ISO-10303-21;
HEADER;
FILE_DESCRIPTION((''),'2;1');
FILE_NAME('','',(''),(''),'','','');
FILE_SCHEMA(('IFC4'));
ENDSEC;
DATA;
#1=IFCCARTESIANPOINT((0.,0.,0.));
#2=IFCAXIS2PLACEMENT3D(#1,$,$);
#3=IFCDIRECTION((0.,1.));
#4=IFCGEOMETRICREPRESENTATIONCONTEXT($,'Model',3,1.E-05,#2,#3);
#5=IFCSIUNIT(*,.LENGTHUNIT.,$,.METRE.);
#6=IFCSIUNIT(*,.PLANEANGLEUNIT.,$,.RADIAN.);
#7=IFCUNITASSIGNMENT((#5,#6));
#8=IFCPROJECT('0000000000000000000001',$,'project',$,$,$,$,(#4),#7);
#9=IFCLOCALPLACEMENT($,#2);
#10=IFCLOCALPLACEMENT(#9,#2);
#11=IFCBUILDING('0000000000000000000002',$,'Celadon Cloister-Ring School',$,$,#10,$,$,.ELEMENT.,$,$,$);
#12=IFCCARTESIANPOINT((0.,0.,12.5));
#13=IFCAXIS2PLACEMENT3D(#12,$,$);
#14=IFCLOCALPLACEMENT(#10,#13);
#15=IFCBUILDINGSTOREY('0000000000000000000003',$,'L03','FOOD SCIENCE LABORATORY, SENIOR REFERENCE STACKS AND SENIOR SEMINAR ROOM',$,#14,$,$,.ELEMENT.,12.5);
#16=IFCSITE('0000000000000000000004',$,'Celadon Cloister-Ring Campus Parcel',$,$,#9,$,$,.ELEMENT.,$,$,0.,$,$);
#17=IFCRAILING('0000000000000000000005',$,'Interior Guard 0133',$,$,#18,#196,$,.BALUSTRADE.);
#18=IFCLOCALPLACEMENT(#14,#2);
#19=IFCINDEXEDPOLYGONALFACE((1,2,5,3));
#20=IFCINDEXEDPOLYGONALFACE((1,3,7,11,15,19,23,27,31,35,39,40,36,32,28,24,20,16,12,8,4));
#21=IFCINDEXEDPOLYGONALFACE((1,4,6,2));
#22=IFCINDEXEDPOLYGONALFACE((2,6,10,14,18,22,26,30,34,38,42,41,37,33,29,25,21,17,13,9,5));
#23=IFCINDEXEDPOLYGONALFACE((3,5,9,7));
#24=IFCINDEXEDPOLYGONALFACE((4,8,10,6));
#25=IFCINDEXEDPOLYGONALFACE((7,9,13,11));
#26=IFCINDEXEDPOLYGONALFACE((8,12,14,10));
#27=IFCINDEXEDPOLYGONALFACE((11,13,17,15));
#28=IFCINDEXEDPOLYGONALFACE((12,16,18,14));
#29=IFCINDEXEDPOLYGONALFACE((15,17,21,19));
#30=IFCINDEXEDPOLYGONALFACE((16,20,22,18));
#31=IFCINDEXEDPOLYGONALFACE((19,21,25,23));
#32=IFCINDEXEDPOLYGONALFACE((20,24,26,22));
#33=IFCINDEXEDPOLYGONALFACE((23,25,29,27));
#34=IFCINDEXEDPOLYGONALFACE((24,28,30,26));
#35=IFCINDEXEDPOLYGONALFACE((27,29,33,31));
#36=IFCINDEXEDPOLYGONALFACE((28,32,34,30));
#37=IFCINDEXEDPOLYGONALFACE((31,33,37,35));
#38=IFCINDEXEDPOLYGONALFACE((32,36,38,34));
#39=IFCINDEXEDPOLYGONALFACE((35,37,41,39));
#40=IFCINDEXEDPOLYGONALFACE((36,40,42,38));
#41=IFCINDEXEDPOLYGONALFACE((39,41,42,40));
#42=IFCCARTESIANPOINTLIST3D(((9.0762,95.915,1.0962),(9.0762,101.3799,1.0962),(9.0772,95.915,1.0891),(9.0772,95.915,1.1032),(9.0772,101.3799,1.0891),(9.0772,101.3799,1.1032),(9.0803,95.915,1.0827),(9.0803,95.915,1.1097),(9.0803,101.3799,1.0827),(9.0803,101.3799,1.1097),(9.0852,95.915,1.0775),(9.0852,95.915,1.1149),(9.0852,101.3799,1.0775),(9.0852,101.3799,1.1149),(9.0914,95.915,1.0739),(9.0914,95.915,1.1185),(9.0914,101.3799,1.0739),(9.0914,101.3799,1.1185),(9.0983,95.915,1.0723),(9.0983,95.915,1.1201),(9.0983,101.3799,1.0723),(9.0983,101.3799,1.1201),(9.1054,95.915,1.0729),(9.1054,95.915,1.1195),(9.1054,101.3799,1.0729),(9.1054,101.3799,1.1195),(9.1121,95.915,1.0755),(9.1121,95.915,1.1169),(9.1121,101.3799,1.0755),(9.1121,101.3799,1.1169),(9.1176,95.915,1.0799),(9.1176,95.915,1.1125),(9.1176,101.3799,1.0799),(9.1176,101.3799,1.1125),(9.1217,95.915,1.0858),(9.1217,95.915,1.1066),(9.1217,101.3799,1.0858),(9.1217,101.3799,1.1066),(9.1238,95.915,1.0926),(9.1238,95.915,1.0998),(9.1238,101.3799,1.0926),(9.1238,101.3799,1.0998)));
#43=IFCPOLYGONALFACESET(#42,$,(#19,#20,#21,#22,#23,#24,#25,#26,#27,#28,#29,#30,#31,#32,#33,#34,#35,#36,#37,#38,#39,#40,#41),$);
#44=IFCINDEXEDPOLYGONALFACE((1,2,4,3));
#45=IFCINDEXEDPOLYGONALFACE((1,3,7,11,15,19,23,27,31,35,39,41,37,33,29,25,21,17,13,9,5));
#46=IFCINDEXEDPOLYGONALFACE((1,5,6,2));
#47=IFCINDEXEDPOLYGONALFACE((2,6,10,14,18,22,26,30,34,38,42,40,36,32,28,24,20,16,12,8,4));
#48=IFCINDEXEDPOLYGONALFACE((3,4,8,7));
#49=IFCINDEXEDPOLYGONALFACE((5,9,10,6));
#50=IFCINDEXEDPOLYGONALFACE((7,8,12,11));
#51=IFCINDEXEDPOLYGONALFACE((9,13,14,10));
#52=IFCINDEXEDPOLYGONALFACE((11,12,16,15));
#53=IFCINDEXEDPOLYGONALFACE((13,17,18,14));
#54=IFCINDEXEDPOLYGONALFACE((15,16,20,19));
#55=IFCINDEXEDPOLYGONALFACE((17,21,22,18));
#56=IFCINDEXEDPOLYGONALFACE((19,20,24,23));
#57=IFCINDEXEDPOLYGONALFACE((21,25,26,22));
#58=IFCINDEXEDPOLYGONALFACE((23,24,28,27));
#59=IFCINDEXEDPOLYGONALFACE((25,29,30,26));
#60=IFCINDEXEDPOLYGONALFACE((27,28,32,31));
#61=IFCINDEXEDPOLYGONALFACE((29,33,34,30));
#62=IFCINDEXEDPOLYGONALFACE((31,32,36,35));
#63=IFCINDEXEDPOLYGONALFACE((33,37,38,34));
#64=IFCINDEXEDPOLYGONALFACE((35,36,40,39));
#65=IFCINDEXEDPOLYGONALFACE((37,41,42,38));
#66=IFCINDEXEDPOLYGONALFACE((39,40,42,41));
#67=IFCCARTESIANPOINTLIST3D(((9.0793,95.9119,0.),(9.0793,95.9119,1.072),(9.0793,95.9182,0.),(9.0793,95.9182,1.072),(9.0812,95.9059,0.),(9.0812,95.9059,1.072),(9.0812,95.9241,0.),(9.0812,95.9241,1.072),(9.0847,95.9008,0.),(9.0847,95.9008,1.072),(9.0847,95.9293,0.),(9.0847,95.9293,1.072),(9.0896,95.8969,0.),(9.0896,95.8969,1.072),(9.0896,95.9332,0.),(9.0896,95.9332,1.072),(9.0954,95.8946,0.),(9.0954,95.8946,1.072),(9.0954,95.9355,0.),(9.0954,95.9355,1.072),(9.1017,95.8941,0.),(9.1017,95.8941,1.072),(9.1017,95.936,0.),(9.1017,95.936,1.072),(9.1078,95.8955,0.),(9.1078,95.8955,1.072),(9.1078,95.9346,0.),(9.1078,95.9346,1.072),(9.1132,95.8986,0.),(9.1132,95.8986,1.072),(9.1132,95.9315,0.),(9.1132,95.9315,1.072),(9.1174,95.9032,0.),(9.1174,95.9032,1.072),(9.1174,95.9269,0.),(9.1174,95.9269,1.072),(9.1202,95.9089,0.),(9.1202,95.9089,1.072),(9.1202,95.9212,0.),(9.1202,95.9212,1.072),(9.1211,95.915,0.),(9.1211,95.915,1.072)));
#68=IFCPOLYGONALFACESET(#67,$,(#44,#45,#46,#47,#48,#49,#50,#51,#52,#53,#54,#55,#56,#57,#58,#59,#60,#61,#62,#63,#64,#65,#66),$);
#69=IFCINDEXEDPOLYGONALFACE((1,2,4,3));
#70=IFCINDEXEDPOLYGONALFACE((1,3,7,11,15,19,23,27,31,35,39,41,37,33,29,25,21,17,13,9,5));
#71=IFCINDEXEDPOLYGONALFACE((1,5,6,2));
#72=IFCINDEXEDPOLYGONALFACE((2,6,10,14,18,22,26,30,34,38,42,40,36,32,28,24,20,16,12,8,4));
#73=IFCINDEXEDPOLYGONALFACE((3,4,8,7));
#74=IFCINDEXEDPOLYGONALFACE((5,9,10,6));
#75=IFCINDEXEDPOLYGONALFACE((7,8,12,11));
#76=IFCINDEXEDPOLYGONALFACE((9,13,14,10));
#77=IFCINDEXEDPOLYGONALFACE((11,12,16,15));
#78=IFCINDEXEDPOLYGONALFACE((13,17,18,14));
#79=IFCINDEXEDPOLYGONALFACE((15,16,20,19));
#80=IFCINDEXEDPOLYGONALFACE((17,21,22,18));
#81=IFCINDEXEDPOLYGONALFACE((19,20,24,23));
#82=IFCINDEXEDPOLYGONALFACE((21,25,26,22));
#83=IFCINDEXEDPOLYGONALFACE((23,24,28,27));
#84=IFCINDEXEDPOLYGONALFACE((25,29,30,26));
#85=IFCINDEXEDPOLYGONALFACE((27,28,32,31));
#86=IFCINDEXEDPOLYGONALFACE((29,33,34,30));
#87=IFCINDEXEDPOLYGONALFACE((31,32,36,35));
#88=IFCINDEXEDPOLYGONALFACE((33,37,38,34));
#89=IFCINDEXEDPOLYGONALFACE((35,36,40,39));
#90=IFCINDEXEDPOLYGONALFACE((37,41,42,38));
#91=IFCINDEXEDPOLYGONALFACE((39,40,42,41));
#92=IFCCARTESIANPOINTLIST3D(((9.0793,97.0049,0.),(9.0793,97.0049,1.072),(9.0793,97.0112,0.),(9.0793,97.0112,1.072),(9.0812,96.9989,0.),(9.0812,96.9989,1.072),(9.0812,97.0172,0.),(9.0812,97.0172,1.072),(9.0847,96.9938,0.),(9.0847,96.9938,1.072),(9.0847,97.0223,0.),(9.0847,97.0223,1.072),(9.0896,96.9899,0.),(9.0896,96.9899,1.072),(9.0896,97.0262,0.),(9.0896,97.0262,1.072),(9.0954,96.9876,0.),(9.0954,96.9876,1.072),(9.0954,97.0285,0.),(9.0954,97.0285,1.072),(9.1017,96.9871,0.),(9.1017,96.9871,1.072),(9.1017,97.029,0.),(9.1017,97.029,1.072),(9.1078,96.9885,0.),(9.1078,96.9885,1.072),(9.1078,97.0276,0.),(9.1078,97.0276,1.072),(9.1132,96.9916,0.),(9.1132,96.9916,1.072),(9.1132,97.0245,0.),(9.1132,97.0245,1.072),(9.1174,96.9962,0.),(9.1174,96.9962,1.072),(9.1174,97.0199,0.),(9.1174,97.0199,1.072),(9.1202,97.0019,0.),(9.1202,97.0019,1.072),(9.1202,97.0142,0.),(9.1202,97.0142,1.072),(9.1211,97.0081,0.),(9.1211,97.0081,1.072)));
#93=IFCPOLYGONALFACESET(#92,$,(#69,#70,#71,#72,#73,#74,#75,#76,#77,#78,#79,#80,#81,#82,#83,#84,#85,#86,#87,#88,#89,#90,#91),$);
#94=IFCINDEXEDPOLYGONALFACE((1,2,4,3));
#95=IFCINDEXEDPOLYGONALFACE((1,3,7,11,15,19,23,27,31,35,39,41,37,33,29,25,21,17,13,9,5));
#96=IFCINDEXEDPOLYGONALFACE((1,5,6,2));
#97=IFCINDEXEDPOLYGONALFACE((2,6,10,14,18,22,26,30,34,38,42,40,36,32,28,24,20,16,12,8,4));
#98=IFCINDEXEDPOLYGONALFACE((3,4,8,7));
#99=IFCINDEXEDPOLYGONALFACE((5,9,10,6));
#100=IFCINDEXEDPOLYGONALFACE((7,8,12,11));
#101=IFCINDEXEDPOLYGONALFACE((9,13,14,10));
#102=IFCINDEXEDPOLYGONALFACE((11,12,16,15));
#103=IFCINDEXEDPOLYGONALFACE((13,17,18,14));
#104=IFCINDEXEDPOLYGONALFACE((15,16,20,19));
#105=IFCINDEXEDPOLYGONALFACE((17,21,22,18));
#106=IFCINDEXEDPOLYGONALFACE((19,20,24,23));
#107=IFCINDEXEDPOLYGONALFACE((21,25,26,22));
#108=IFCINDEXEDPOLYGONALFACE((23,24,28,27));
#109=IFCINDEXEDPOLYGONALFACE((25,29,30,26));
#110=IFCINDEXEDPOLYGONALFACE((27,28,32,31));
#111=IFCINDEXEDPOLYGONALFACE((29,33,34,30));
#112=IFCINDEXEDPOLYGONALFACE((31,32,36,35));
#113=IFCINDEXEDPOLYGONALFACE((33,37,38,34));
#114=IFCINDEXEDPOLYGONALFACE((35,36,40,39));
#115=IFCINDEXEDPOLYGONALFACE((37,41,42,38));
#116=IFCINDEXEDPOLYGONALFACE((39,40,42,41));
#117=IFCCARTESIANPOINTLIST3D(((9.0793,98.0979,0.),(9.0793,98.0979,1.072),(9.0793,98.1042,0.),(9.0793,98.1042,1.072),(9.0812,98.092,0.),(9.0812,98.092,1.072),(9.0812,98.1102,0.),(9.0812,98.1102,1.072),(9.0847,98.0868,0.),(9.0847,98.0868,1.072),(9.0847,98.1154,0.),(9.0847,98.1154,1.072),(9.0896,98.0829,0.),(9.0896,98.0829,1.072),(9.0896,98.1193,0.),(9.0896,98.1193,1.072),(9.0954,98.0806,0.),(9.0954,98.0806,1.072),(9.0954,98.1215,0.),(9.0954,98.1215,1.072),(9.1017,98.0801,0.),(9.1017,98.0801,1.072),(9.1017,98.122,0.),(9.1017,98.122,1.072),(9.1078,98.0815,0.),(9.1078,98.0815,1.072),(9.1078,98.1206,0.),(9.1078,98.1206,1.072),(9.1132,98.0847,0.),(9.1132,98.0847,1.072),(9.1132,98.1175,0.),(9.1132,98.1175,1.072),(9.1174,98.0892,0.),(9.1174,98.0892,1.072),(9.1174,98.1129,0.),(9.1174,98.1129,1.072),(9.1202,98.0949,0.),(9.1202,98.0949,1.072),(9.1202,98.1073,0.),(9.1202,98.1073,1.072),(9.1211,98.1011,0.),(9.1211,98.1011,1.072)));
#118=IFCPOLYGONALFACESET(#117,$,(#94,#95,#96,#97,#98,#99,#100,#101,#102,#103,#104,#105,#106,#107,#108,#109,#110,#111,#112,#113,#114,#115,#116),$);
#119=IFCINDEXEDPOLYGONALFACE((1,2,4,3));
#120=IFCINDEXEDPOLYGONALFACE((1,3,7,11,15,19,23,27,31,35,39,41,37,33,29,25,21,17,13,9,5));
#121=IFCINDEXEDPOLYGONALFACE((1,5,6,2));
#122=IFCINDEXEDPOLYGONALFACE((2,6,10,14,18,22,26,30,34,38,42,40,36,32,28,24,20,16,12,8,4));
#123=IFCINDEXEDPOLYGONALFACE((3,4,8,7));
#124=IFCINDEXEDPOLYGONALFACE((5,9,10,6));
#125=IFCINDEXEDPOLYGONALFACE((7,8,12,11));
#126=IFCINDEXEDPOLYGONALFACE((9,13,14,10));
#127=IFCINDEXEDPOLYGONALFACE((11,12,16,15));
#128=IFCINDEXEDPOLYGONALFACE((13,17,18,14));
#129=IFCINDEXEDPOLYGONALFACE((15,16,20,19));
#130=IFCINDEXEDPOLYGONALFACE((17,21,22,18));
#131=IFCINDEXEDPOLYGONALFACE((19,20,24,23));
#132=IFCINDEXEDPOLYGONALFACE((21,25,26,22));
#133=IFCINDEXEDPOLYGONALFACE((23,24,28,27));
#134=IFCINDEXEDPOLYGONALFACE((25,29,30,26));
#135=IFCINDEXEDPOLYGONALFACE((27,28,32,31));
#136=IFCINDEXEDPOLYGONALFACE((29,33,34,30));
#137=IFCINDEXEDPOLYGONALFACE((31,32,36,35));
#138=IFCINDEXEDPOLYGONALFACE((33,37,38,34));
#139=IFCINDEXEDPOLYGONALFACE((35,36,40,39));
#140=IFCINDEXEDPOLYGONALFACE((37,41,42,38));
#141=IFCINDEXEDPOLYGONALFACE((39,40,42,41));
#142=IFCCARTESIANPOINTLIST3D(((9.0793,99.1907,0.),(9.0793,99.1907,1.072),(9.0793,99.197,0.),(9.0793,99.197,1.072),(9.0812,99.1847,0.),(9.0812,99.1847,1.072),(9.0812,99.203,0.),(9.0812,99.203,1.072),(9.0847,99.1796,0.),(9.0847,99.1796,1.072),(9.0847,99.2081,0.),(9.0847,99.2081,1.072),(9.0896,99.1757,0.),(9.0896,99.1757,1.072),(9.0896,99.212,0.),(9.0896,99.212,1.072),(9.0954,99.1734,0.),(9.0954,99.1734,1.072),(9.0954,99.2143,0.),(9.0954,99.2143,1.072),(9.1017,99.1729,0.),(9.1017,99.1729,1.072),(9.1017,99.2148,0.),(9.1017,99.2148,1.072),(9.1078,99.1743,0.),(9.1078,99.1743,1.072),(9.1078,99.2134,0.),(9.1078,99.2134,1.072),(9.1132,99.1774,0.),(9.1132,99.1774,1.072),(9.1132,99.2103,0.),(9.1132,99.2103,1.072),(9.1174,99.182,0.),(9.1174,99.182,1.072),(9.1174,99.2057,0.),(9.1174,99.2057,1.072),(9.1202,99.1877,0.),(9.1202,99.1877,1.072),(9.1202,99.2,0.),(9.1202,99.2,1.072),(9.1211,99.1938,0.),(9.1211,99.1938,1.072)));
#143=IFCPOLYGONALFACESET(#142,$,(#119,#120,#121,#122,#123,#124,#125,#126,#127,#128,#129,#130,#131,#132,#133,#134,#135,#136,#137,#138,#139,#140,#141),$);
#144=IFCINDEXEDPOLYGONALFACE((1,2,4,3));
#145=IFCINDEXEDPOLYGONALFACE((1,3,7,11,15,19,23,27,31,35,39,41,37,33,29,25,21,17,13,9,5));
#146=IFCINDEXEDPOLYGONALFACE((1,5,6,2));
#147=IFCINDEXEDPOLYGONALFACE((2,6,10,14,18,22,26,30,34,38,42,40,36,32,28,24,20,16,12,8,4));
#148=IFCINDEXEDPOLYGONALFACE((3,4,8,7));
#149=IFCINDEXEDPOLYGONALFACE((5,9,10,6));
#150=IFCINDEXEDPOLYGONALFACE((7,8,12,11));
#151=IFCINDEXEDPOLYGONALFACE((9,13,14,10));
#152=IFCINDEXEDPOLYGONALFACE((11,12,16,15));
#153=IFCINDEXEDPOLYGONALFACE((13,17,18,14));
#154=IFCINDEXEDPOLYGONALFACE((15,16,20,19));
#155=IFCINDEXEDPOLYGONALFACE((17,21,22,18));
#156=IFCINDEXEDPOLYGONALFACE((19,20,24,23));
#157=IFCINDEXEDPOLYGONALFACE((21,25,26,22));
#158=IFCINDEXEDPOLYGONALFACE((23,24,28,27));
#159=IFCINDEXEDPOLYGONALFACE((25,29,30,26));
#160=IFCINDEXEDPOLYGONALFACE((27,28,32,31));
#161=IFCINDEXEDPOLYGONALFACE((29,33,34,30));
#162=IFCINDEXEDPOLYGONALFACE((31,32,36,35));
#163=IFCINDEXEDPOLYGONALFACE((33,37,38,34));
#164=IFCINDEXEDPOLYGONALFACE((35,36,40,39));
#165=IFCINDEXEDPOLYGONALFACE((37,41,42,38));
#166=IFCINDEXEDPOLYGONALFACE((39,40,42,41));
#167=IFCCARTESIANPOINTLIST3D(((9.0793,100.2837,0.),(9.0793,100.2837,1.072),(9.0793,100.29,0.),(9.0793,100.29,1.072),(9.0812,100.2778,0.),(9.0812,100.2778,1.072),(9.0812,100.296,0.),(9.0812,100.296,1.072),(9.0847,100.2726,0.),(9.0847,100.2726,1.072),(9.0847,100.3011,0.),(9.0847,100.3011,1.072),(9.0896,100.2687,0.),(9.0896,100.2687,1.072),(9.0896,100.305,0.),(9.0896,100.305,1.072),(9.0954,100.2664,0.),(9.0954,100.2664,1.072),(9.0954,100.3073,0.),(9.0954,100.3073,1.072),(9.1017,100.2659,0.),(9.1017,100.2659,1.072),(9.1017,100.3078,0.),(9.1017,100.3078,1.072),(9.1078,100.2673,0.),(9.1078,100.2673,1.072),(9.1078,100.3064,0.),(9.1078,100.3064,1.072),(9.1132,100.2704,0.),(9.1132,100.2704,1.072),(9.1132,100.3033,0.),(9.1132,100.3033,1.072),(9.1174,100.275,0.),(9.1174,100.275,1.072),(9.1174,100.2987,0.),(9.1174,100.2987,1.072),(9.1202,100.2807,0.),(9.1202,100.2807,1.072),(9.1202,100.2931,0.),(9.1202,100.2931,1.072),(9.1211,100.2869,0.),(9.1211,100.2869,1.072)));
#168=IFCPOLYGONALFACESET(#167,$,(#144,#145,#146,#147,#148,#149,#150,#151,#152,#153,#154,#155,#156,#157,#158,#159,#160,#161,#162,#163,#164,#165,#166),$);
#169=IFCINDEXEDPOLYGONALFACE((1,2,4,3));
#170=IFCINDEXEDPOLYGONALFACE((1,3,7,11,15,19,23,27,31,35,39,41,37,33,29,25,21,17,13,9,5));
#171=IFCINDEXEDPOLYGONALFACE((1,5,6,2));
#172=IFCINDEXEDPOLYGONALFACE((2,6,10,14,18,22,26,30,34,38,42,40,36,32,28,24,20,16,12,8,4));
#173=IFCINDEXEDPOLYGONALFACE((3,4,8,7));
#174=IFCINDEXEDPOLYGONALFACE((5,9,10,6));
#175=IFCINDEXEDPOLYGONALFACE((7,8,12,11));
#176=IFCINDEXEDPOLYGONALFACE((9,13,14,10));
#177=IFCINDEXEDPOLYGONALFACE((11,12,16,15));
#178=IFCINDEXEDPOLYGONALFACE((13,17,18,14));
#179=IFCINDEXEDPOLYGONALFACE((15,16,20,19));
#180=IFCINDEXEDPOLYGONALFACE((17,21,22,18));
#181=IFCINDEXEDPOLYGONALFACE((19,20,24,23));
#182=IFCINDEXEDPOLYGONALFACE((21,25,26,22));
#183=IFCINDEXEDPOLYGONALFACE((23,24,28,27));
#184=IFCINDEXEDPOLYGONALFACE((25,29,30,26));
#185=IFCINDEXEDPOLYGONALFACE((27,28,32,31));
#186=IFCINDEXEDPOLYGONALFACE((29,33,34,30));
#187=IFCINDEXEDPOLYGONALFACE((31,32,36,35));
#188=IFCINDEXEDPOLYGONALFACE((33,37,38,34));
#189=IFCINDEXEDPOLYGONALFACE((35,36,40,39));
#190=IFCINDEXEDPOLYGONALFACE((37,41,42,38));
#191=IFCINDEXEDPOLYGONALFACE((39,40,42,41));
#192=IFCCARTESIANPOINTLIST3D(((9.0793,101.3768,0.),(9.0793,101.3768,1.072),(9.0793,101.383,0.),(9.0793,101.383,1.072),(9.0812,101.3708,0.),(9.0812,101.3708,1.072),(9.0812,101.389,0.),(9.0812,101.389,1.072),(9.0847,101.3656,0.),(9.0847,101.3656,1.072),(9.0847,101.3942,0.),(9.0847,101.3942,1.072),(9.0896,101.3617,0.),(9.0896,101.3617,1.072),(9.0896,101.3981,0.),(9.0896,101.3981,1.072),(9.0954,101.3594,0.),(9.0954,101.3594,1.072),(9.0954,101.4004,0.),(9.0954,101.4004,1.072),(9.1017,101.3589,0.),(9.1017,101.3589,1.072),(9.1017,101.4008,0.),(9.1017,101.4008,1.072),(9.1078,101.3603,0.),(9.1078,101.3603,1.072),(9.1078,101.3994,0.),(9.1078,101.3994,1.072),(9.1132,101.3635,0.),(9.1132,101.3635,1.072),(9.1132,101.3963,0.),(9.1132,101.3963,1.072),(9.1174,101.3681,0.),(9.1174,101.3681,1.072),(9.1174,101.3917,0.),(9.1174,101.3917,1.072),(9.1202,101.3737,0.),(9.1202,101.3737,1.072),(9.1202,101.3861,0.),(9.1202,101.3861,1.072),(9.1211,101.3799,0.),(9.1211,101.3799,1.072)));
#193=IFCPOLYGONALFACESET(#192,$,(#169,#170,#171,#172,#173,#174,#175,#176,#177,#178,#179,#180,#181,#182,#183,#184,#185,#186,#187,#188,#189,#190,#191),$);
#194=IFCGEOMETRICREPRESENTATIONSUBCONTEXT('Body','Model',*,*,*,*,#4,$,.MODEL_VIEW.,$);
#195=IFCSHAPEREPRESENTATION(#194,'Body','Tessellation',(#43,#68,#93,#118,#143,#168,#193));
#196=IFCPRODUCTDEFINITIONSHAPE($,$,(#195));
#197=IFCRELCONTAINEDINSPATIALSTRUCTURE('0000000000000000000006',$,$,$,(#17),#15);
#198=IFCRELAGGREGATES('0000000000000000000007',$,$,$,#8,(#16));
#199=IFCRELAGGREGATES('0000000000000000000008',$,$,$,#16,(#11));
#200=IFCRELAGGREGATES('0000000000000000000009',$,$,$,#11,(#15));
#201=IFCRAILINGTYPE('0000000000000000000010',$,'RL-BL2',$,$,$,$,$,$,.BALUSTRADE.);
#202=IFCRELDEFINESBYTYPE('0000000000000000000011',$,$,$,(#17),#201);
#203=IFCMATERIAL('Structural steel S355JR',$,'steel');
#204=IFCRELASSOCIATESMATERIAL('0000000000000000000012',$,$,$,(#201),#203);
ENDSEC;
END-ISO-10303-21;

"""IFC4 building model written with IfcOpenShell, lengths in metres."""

from ifc_helpers import new_model, si_unit, direction, frame, origin, origin_2d, place, context, subcontext, project, spatial, circle, extrude, material, type_object, element, save


model = new_model("IFC4")

# Units and contexts
model_context = context("Model", 3, precision=1e-05, world=origin(), true_north=direction((0.0, 1.0)))
body_context = subcontext(model_context, "Body", "Model", "MODEL_VIEW")
ifc_project = project(units=[si_unit("LENGTHUNIT", "METRE"), si_unit("PLANEANGLEUNIT", "RADIAN")], contexts=[model_context])

# Site, building, storey
site_placement = place(None, origin())
site = spatial("IfcSite", under=ifc_project, at=site_placement, Name="Celadon Cloister-Ring Campus Parcel", CompositionType="ELEMENT", RefElevation=0.0)
building_placement = place(site_placement, origin())
building = spatial("IfcBuilding", under=site, at=building_placement, Name="Celadon Cloister-Ring School", CompositionType="ELEMENT")
storey_placement = place(building_placement, frame((0.0, 0.0, 12.5)))
storey = spatial("IfcBuildingStorey", under=building, at=storey_placement, Name="L03", Description="FOOD SCIENCE LABORATORY, SENIOR REFERENCE STACKS AND SENIOR SEMINAR ROOM", CompositionType="ELEMENT", Elevation=12.5)

# Railing
ifc_material_1 = material(Name="Structural steel S355JR", Category="steel")
railing_type_1 = type_object("IfcRailingType", Name="RL-BL2", PredefinedType="BALUSTRADE", material=ifc_material_1)
railing_1_placement = place(storey_placement, frame((9.1001, 95.915, 0.0)))
element("IfcRailing", 1, at=railing_1_placement, inside=storey, type_object=railing_type_1, Name="Interior Guard 0133", PredefinedType="BALUSTRADE", context=body_context, shape_type="SweptSolid", body=[
    extrude(circle(Radius=0.0239, at=origin_2d()), frame((0.0, 0.0, 1.0962), z_axis=(0.0, 1.0, 0.0), x_axis=(-1.0, 0.0, 0.0)), (0.0, 0.0, 1.0), 5.4648),
    extrude(circle(Radius=0.021, at=origin_2d()), origin(), (0.0, 0.0, 1.0), 1.072),
    extrude(circle(Radius=0.021, at=origin_2d()), frame((0.0, 1.093, 0.0)), (0.0, 0.0, 1.0), 1.072),
    extrude(circle(Radius=0.021, at=origin_2d()), frame((0.0, 2.186, 0.0)), (0.0, 0.0, 1.0), 1.072),
    extrude(circle(Radius=0.021, at=origin_2d()), frame((0.0, 3.2788, 0.0)), (0.0, 0.0, 1.0), 1.072),
    extrude(circle(Radius=0.021, at=origin_2d()), frame((0.0, 4.3718, 0.0)), (0.0, 0.0, 1.0), 1.072),
    extrude(circle(Radius=0.021, at=origin_2d()), frame((0.0, 5.4648, 0.0)), (0.0, 0.0, 1.0), 1.072),
])

save(model, "model.ifc")
